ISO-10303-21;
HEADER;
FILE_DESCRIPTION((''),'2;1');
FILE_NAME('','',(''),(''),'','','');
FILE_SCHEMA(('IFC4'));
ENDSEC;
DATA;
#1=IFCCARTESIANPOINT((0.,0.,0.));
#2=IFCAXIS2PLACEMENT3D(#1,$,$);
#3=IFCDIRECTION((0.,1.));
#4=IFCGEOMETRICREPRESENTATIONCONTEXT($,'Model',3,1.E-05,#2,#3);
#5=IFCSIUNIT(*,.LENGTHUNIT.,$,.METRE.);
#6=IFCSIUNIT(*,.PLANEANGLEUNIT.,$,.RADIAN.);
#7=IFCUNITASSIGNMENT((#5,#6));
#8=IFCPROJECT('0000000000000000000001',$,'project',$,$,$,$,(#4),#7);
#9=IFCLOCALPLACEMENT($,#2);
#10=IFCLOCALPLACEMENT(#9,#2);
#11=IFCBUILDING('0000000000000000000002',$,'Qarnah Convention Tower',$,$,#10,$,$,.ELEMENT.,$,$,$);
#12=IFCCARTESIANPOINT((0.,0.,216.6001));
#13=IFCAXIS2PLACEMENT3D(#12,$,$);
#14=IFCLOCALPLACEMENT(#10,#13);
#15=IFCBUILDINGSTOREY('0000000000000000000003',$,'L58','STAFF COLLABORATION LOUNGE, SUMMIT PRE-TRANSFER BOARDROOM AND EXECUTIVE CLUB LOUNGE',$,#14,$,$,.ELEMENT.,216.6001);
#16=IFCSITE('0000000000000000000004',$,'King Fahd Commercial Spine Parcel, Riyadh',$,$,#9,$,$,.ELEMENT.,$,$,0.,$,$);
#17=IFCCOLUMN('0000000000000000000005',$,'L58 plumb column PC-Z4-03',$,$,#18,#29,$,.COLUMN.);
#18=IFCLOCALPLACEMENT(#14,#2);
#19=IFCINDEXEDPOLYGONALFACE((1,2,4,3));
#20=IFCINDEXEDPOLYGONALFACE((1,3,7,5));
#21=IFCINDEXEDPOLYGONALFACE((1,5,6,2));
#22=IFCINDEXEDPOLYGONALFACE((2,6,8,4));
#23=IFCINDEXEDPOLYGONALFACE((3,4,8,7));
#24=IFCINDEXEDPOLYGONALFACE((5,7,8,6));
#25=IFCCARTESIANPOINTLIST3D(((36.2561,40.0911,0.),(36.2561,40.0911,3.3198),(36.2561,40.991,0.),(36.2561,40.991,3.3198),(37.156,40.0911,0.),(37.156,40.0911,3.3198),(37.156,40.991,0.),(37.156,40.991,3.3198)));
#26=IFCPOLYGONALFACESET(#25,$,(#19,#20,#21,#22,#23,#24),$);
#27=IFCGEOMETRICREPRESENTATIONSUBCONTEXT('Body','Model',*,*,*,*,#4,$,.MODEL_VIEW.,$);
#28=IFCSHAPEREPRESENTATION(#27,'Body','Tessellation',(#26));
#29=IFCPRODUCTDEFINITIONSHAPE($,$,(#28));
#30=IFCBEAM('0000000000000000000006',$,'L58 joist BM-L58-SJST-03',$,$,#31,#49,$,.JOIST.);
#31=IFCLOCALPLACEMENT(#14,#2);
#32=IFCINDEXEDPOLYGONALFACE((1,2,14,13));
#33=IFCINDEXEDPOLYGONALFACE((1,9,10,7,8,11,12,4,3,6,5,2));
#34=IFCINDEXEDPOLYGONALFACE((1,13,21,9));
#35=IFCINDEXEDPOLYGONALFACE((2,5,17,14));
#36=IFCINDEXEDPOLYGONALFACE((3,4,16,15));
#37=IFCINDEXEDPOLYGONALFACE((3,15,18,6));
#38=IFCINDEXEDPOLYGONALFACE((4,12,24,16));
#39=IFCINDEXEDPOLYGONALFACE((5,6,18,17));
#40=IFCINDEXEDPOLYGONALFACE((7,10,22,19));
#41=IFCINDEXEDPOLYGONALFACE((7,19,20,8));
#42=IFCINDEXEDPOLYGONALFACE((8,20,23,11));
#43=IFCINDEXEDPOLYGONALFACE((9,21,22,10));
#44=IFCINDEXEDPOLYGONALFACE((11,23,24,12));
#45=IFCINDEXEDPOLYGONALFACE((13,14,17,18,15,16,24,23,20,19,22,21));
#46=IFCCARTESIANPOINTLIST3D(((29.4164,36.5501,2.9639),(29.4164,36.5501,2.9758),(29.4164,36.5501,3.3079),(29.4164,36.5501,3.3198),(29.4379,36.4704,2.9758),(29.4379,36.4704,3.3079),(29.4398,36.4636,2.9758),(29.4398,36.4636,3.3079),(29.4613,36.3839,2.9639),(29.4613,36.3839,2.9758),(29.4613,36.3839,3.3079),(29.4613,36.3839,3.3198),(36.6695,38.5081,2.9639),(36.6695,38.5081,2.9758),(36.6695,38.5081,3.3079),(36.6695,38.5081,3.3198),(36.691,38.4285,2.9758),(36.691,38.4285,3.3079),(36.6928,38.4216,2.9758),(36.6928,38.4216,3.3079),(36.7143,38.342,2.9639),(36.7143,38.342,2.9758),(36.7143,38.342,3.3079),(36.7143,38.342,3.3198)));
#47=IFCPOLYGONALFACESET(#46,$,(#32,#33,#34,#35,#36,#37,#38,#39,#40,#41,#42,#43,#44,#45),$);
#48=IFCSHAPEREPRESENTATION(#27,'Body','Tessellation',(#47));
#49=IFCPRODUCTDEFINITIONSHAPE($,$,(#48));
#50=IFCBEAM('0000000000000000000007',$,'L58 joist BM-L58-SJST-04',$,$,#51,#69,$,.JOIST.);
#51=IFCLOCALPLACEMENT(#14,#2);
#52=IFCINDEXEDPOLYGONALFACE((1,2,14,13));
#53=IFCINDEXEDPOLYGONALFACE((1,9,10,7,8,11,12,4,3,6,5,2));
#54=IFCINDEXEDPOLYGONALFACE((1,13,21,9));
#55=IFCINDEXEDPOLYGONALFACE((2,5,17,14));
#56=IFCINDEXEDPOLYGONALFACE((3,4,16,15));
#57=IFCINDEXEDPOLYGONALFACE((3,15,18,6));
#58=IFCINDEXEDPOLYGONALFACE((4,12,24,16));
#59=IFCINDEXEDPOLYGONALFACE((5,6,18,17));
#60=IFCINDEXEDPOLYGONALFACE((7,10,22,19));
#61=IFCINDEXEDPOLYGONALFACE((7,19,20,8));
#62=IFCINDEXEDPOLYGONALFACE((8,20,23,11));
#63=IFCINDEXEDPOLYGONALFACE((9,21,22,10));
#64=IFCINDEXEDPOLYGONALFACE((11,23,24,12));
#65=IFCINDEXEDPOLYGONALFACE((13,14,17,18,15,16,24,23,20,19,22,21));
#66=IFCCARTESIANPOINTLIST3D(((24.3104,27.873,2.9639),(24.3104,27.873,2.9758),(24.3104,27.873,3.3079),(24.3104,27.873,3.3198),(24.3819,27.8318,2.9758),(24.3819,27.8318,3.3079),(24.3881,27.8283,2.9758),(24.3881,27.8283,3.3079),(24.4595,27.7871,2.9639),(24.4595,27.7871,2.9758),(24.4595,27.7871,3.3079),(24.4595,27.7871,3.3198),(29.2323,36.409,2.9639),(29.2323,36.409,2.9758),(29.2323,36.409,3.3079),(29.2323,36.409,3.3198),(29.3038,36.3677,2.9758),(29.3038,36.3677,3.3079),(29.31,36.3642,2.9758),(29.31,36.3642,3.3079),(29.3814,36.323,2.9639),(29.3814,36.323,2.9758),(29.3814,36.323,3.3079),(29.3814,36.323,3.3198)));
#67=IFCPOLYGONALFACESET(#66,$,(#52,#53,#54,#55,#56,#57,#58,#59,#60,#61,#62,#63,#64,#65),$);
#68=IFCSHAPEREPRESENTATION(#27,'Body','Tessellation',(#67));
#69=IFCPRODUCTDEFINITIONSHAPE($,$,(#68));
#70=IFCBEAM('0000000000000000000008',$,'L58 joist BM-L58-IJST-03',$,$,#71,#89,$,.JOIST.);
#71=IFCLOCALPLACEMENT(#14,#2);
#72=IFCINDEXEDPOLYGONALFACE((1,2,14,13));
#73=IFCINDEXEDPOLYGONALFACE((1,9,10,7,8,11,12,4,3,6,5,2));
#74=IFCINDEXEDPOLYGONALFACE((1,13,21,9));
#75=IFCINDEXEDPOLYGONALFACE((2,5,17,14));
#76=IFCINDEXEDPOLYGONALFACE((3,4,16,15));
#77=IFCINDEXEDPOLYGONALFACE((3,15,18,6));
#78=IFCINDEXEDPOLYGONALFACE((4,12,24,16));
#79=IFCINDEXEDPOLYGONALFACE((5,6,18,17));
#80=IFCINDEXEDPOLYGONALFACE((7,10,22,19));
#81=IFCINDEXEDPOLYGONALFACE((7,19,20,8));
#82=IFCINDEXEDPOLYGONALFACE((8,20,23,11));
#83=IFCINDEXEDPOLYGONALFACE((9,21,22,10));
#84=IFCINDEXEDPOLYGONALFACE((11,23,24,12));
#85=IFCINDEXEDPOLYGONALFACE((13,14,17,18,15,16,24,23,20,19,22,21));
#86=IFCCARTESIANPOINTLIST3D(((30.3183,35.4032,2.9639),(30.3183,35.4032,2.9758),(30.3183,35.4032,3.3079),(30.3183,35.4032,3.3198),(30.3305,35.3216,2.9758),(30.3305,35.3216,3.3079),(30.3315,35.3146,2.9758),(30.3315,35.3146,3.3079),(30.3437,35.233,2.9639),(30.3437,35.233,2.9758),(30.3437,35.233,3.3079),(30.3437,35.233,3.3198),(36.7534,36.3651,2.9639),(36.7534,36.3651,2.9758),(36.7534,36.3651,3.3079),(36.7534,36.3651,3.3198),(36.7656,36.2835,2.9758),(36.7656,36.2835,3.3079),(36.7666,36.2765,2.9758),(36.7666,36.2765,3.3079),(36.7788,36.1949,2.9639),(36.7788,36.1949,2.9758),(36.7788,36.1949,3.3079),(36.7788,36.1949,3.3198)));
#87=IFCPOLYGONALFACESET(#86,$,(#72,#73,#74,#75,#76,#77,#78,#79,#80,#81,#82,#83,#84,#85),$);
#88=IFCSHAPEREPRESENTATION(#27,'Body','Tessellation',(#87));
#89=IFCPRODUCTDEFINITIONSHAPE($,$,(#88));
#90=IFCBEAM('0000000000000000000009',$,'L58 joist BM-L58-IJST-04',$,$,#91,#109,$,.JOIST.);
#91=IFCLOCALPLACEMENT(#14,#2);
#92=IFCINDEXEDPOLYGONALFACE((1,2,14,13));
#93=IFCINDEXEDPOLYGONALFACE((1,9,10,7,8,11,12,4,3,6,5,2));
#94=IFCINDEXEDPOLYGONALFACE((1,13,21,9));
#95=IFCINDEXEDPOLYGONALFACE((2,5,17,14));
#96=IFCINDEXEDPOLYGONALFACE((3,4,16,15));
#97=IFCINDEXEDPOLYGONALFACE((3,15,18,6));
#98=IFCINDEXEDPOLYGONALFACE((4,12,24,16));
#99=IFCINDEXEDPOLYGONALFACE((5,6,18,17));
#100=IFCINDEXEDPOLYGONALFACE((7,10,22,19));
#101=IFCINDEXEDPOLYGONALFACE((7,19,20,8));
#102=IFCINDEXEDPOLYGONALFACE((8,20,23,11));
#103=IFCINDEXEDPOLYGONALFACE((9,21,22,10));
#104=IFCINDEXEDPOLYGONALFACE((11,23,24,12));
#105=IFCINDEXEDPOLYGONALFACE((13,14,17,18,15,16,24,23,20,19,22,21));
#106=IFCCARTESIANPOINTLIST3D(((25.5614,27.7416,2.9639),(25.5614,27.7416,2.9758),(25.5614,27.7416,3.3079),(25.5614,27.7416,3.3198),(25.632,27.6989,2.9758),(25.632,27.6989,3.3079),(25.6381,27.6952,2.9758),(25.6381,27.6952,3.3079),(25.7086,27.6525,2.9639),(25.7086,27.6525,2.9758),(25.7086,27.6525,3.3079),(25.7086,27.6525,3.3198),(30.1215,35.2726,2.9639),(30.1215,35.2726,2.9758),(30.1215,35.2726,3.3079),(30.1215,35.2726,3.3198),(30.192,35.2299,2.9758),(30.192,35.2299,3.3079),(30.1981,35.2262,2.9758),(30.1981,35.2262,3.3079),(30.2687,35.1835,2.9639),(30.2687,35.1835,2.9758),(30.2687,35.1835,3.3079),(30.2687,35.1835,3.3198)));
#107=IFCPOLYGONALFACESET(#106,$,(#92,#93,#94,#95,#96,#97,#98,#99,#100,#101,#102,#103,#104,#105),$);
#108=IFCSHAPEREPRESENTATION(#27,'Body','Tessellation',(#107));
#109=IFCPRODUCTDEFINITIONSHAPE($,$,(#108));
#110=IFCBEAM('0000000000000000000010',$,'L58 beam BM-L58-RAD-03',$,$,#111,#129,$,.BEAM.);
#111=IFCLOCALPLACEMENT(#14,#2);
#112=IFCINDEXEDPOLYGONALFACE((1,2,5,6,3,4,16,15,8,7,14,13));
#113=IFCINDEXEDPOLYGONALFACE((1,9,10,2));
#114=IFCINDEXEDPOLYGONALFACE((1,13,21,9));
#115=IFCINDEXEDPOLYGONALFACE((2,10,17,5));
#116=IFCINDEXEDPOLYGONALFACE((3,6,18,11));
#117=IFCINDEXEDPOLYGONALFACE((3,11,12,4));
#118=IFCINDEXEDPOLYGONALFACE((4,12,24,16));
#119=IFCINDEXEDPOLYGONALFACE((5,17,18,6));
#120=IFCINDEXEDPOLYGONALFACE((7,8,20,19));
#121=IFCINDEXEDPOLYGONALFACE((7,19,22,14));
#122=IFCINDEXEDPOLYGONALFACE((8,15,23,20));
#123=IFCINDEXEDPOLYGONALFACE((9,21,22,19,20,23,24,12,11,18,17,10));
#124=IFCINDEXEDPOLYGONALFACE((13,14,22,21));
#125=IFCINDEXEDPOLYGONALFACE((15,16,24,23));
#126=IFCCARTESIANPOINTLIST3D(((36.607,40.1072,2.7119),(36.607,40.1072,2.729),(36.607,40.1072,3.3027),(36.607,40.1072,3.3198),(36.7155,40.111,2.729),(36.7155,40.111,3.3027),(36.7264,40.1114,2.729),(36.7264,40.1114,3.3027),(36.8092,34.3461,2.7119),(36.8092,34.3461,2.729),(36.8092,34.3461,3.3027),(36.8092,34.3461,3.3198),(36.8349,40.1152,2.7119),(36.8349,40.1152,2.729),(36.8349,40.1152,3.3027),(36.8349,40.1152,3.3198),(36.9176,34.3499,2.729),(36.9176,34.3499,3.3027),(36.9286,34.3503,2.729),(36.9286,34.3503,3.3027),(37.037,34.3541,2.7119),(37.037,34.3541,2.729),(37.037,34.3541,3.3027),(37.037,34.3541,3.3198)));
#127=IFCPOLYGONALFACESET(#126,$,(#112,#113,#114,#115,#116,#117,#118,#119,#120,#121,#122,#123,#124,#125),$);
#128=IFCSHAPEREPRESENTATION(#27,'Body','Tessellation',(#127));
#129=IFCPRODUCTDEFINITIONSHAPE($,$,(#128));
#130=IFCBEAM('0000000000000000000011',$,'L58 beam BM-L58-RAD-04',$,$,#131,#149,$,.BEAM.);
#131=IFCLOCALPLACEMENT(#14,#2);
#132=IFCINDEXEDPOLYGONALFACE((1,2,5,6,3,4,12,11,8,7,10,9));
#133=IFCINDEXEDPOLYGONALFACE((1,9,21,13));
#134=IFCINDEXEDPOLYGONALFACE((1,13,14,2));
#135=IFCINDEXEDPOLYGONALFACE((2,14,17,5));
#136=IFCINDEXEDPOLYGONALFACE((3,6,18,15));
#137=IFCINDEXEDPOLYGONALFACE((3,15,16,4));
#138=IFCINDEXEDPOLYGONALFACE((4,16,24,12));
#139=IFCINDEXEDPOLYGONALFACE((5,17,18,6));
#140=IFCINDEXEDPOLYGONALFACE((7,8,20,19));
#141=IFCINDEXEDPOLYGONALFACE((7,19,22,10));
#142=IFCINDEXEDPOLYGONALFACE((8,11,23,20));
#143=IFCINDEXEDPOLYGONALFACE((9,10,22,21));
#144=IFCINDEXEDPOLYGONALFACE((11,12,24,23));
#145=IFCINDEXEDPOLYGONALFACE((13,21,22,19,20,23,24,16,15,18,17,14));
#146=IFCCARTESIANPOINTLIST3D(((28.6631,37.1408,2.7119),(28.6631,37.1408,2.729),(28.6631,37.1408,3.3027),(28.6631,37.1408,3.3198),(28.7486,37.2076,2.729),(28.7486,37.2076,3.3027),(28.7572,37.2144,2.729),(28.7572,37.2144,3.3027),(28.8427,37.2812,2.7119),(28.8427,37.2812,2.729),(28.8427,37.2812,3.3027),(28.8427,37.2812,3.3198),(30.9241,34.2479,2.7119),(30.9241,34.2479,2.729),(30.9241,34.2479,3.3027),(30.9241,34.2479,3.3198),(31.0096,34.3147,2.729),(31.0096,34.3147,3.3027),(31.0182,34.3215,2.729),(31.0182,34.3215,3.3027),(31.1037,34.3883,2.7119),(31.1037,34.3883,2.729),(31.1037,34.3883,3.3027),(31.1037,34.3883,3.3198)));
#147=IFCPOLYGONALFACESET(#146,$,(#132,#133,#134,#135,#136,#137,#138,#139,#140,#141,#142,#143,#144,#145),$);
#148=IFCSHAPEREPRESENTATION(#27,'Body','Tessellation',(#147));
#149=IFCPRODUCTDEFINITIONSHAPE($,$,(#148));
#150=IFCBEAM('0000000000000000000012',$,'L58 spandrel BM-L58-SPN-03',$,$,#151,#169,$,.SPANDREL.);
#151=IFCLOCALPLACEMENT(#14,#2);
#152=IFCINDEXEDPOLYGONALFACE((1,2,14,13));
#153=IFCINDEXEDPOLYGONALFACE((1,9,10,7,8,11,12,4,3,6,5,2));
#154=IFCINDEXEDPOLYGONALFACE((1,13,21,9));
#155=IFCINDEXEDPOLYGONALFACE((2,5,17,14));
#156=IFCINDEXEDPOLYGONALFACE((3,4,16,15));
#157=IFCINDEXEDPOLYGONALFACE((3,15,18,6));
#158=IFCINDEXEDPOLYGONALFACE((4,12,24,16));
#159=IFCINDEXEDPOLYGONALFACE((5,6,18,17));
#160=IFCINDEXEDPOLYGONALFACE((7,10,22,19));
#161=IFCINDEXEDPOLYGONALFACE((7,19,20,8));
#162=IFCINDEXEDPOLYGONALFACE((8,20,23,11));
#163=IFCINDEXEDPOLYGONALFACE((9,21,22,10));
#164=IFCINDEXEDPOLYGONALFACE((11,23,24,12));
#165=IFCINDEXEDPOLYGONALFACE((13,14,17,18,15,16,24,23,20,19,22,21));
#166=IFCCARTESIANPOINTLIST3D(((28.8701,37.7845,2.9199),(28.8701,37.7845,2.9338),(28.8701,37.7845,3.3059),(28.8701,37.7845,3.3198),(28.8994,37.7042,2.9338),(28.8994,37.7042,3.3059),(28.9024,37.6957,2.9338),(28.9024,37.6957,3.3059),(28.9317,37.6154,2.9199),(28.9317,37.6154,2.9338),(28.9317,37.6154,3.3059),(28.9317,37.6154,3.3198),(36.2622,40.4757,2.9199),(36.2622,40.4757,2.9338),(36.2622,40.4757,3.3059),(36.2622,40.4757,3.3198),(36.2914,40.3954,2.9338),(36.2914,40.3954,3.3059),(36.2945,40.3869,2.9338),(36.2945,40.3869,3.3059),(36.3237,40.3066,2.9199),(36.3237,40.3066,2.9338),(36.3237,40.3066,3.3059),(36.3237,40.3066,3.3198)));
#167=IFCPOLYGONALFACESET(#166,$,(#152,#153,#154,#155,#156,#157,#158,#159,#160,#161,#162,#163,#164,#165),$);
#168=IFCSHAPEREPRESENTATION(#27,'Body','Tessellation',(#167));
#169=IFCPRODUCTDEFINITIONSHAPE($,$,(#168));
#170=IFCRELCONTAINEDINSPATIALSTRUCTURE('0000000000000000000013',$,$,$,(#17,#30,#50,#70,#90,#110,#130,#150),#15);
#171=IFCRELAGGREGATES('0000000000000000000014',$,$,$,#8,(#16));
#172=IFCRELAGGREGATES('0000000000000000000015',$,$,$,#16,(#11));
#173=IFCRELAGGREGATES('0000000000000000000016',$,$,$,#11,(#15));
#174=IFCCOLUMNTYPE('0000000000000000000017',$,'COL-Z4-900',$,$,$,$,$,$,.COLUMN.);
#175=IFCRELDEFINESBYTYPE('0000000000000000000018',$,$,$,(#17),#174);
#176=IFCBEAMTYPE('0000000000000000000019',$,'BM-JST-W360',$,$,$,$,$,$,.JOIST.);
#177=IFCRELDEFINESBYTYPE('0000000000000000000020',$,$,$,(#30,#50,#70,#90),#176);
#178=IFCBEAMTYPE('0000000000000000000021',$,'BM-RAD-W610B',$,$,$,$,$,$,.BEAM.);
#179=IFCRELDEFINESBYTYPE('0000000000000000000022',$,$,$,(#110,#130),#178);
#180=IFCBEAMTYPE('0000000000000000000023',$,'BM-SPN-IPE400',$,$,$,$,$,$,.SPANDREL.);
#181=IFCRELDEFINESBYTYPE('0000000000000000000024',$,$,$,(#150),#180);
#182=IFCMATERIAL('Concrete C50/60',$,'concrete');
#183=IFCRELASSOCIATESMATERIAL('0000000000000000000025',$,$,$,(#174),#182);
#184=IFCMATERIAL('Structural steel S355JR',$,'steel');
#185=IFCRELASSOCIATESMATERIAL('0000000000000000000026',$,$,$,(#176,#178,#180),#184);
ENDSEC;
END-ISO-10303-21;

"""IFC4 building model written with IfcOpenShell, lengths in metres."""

from ifc_helpers import new_model, si_unit, direction, frame, origin, origin_2d, place, context, subcontext, project, spatial, rectangle, i_section, extrude, material, material_profile, profile_set, type_object, element, save


model = new_model("IFC4")

# Units and contexts
model_context = context("Model", 3, precision=1e-05, world=origin(), true_north=direction((0.0, 1.0)))
body_context = subcontext(model_context, "Body", "Model", "MODEL_VIEW")
ifc_project = project(units=[si_unit("LENGTHUNIT", "METRE"), si_unit("PLANEANGLEUNIT", "RADIAN")], contexts=[model_context])

# Site, building, storey
site_placement = place(None, origin())
site = spatial("IfcSite", under=ifc_project, at=site_placement, Name="King Fahd Commercial Spine Parcel, Riyadh", CompositionType="ELEMENT", RefElevation=0.0)
building_placement = place(site_placement, origin())
building = spatial("IfcBuilding", under=site, at=building_placement, Name="Qarnah Convention Tower", CompositionType="ELEMENT")
storey_placement = place(building_placement, frame((0.0, 0.0, 216.6001)))
storey = spatial("IfcBuildingStorey", under=building, at=storey_placement, Name="L58", Description="STAFF COLLABORATION LOUNGE, SUMMIT PRE-TRANSFER BOARDROOM AND EXECUTIVE CLUB LOUNGE", CompositionType="ELEMENT", Elevation=216.6001)

# Column
ifc_material_1 = material(Name="Concrete C50/60", Category="concrete")
ifc_material_profile_1 = material_profile(ifc_material_1, rectangle(XDim=0.8999, YDim=0.8999, at=origin_2d()), Name="RC-COL-900X900")
ifc_profile_set_1 = profile_set([ifc_material_profile_1], Name="Concrete C50/60")
column_type = type_object("IfcColumnType", Name="COL-Z4-900", PredefinedType="COLUMN", material=ifc_profile_set_1)
column_placement = place(storey_placement, frame((36.7061, 40.541, 0.0), z_axis=(0.0, 0.0, 1.0), x_axis=(1.0, 0.0, 0.0)))
element("IfcColumn", 1, at=column_placement, inside=storey, type_object=column_type, Name="L58 plumb column PC-Z4-03", PredefinedType="COLUMN", context=body_context, shape_type="SweptSolid", body=[
    extrude(rectangle(XDim=0.8999, YDim=0.8999, at=origin_2d()), origin(), (0.0, 0.0, 1.0), 3.3198),
])

# Beams
ifc_material_2 = material(Name="Structural steel S355JR", Category="steel")
ifc_material_profile_2 = material_profile(ifc_material_2, i_section(OverallWidth=0.1721, OverallDepth=0.356, WebThickness=0.0071, FlangeThickness=0.012, at=origin_2d()), Name="W360X51")
ifc_profile_set_2 = profile_set([ifc_material_profile_2], Name="Structural steel S355JR")
beam_type_1 = type_object("IfcBeamType", Name="BM-JST-W360", PredefinedType="JOIST", material=ifc_profile_set_2)
beam_1_placement = place(storey_placement, frame((36.6919, 38.425, 3.1418), z_axis=(-0.965439, -0.260631, 0.0), x_axis=(0.260631, -0.965439, 0.0)))
element("IfcBeam", 2, at=beam_1_placement, inside=storey, type_object=beam_type_1, Name="L58 joist BM-L58-SJST-03", PredefinedType="JOIST", context=body_context, shape_type="SweptSolid", body=[
    extrude(i_section(OverallWidth=0.1721, OverallDepth=0.356, WebThickness=0.0071, FlangeThickness=0.012, at=origin_2d()), origin(), (0.0, 0.0, 1.0), 7.5127),
])
beam_2_placement = place(storey_placement, frame((29.3069, 36.366, 3.1418), z_axis=(-0.499519, -0.866303, 0.0), x_axis=(0.866303, -0.499519, 0.0)))
element("IfcBeam", 3, at=beam_2_placement, inside=storey, type_object=beam_type_1, Name="L58 joist BM-L58-SJST-04", PredefinedType="JOIST", context=body_context, shape_type="SweptSolid", body=[
    extrude(i_section(OverallWidth=0.1721, OverallDepth=0.356, WebThickness=0.0071, FlangeThickness=0.012, at=origin_2d()), origin(), (0.0, 0.0, 1.0), 9.8533),
])
beam_3_placement = place(storey_placement, frame((36.7661, 36.28, 3.1418), z_axis=(-0.989012, -0.147838, 0.0), x_axis=(0.147838, -0.989012, 0.0)))
element("IfcBeam", 4, at=beam_3_placement, inside=storey, type_object=beam_type_1, Name="L58 joist BM-L58-IJST-03", PredefinedType="JOIST", context=body_context, shape_type="SweptSolid", body=[
    extrude(i_section(OverallWidth=0.1721, OverallDepth=0.356, WebThickness=0.0071, FlangeThickness=0.012, at=origin_2d()), origin(), (0.0, 0.0, 1.0), 6.5066),
])
beam_4_placement = place(storey_placement, frame((30.1951, 35.228, 3.1418), z_axis=(-0.517954, -0.855409, 0.0), x_axis=(0.855409, -0.517954, 0.0)))
element("IfcBeam", 5, at=beam_4_placement, inside=storey, type_object=beam_type_1, Name="L58 joist BM-L58-IJST-04", PredefinedType="JOIST", context=body_context, shape_type="SweptSolid", body=[
    extrude(i_section(OverallWidth=0.1721, OverallDepth=0.356, WebThickness=0.0071, FlangeThickness=0.012, at=origin_2d()), origin(), (0.0, 0.0, 1.0), 8.804),
])
ifc_material_profile_3 = material_profile(ifc_material_2, i_section(OverallWidth=0.228, OverallDepth=0.6079, WebThickness=0.011, FlangeThickness=0.0171, at=origin_2d()), Name="W610X113")
ifc_profile_set_3 = profile_set([ifc_material_profile_3], Name="Structural steel S355JR")
beam_type_2 = type_object("IfcBeamType", Name="BM-RAD-W610B", PredefinedType="BEAM", material=ifc_profile_set_3)
beam_5_placement = place(storey_placement, frame((36.9231, 34.3501, 3.0159), z_axis=(-0.035068, 0.999385, 0.0), x_axis=(-0.999385, -0.035068, 0.0)))
element("IfcBeam", 6, at=beam_5_placement, inside=storey, type_object=beam_type_2, Name="L58 beam BM-L58-RAD-03", PredefinedType="BEAM", context=body_context, shape_type="SweptSolid", body=[
    extrude(i_section(OverallWidth=0.228, OverallDepth=0.6079, WebThickness=0.011, FlangeThickness=0.0171, at=origin_2d()), origin(), (0.0, 0.0, 1.0), 5.7646),
])
beam_6_placement = place(storey_placement, frame((31.0139, 34.3181, 3.0159), z_axis=(-0.615808, 0.787896, 0.0), x_axis=(-0.787896, -0.615808, 0.0)))
element("IfcBeam", 7, at=beam_6_placement, inside=storey, type_object=beam_type_2, Name="L58 beam BM-L58-RAD-04", PredefinedType="BEAM", context=body_context, shape_type="SweptSolid", body=[
    extrude(i_section(OverallWidth=0.228, OverallDepth=0.6079, WebThickness=0.011, FlangeThickness=0.0171, at=origin_2d()), origin(), (0.0, 0.0, 1.0), 3.6716),
])
ifc_material_profile_4 = material_profile(ifc_material_2, i_section(OverallWidth=0.1799, OverallDepth=0.3999, WebThickness=0.009, FlangeThickness=0.0139, at=origin_2d()), Name="IPE400")
ifc_profile_set_4 = profile_set([ifc_material_profile_4], Name="Structural steel S355JR")
beam_type_3 = type_object("IfcBeamType", Name="BM-SPN-IPE400", PredefinedType="SPANDREL", material=ifc_profile_set_4)
beam_7_placement = place(storey_placement, frame((36.293, 40.3911, 3.1199), z_axis=(-0.939666, -0.342094, 0.0), x_axis=(0.342094, -0.939666, 0.0)))
element("IfcBeam", 8, at=beam_7_placement, inside=storey, type_object=beam_type_3, Name="L58 spandrel BM-L58-SPN-03", PredefinedType="SPANDREL", context=body_context, shape_type="SweptSolid", body=[
    extrude(i_section(OverallWidth=0.1799, OverallDepth=0.3999, WebThickness=0.009, FlangeThickness=0.0139, at=origin_2d()), origin(), (0.0, 0.0, 1.0), 7.8667),
])

save(model, "model.ifc")
